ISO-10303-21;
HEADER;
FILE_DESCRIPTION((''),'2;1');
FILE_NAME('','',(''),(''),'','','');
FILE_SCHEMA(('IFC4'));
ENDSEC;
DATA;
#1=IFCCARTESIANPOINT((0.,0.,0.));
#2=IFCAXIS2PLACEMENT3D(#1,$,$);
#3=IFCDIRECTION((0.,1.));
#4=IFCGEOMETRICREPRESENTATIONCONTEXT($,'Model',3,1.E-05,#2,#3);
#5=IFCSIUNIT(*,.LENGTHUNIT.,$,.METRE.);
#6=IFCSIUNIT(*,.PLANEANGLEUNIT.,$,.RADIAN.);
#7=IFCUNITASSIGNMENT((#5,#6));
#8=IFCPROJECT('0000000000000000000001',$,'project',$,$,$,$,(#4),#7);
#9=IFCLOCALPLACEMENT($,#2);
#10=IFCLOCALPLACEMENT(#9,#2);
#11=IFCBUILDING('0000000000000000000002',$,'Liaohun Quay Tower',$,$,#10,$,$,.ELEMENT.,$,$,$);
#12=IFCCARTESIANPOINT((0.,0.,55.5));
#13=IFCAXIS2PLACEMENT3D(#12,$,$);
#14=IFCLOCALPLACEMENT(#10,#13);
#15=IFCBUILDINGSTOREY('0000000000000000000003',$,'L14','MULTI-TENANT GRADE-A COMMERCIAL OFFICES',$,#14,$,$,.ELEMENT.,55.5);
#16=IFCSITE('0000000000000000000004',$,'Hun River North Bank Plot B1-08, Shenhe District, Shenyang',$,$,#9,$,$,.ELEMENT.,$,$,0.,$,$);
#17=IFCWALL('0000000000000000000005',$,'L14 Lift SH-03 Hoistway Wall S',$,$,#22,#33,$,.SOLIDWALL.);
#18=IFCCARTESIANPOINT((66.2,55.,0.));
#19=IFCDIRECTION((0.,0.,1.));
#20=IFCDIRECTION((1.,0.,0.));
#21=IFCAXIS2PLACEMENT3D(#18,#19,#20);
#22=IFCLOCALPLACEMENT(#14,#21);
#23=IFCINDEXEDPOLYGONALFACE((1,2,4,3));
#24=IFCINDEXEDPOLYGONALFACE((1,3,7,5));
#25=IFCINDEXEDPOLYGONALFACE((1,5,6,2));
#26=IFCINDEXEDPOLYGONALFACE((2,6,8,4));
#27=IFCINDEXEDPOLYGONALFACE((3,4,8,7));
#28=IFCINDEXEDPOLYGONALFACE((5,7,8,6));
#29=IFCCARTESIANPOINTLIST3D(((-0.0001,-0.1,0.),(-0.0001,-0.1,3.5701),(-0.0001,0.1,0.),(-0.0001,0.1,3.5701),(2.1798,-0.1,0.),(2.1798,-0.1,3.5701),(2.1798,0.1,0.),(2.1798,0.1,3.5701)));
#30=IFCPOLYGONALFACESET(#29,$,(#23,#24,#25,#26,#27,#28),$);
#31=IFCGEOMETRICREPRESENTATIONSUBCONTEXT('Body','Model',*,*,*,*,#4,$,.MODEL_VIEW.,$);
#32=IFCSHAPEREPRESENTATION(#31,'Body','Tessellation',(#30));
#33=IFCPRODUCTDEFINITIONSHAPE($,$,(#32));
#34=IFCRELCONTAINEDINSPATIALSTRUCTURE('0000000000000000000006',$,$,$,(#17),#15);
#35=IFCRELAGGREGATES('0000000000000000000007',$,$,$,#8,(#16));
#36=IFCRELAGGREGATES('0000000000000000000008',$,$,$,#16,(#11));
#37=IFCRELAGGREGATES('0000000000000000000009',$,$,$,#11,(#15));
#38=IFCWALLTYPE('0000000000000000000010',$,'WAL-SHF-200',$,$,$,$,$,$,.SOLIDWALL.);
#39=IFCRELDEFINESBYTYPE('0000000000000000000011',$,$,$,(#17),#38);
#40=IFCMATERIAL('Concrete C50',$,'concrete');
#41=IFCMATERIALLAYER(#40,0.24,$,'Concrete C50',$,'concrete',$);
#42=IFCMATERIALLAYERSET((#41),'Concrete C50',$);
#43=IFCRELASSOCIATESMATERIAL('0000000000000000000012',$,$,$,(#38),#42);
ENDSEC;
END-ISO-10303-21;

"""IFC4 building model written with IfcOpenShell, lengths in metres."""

from ifc_helpers import new_model, si_unit, direction, frame, frame_2d, origin, place, context, subcontext, project, spatial, rectangle, extrude, material, layer, layer_set, type_object, element, save


model = new_model("IFC4")

# Units and contexts
model_context = context("Model", 3, precision=1e-05, world=origin(), true_north=direction((0.0, 1.0)))
body_context = subcontext(model_context, "Body", "Model", "MODEL_VIEW")
ifc_project = project(units=[si_unit("LENGTHUNIT", "METRE"), si_unit("PLANEANGLEUNIT", "RADIAN")], contexts=[model_context])

# Site, building, storey
site_placement = place(None, origin())
site = spatial("IfcSite", under=ifc_project, at=site_placement, Name="Hun River North Bank Plot B1-08, Shenhe District, Shenyang", CompositionType="ELEMENT", RefElevation=0.0)
building_placement = place(site_placement, origin())
building = spatial("IfcBuilding", under=site, at=building_placement, Name="Liaohun Quay Tower", CompositionType="ELEMENT")
storey_placement = place(building_placement, frame((0.0, 0.0, 55.5)))
storey = spatial("IfcBuildingStorey", under=building, at=storey_placement, Name="L14", Description="MULTI-TENANT GRADE-A COMMERCIAL OFFICES", CompositionType="ELEMENT", Elevation=55.5)

# Shared definitions
ifc_material_1 = material(Name="Concrete C50", Category="concrete")
ifc_layer_1 = layer(ifc_material_1, 0.24, Name="Concrete C50", Category="concrete")
ifc_layer_set_1 = layer_set([ifc_layer_1], Name="Concrete C50")
wall_type_1 = type_object("IfcWallType", Name="WAL-SHF-200", PredefinedType="SOLIDWALL", material=ifc_layer_set_1)

# Wall
wall_1_placement = place(storey_placement, frame((66.2, 55.0, 0.0), z_axis=(0.0, 0.0, 1.0), x_axis=(1.0, 0.0, 0.0)))
element("IfcWall", 1, at=wall_1_placement, inside=storey, type_object=wall_type_1, Name="L14 Lift SH-03 Hoistway Wall S", PredefinedType="SOLIDWALL", context=body_context, shape_type="SweptSolid", body=[
    extrude(rectangle(XDim=2.1799, YDim=0.2, at=frame_2d((1.0898, 0.0))), origin(), (0.0, 0.0, 1.0), 3.5701),
])

save(model, "model.ifc")
